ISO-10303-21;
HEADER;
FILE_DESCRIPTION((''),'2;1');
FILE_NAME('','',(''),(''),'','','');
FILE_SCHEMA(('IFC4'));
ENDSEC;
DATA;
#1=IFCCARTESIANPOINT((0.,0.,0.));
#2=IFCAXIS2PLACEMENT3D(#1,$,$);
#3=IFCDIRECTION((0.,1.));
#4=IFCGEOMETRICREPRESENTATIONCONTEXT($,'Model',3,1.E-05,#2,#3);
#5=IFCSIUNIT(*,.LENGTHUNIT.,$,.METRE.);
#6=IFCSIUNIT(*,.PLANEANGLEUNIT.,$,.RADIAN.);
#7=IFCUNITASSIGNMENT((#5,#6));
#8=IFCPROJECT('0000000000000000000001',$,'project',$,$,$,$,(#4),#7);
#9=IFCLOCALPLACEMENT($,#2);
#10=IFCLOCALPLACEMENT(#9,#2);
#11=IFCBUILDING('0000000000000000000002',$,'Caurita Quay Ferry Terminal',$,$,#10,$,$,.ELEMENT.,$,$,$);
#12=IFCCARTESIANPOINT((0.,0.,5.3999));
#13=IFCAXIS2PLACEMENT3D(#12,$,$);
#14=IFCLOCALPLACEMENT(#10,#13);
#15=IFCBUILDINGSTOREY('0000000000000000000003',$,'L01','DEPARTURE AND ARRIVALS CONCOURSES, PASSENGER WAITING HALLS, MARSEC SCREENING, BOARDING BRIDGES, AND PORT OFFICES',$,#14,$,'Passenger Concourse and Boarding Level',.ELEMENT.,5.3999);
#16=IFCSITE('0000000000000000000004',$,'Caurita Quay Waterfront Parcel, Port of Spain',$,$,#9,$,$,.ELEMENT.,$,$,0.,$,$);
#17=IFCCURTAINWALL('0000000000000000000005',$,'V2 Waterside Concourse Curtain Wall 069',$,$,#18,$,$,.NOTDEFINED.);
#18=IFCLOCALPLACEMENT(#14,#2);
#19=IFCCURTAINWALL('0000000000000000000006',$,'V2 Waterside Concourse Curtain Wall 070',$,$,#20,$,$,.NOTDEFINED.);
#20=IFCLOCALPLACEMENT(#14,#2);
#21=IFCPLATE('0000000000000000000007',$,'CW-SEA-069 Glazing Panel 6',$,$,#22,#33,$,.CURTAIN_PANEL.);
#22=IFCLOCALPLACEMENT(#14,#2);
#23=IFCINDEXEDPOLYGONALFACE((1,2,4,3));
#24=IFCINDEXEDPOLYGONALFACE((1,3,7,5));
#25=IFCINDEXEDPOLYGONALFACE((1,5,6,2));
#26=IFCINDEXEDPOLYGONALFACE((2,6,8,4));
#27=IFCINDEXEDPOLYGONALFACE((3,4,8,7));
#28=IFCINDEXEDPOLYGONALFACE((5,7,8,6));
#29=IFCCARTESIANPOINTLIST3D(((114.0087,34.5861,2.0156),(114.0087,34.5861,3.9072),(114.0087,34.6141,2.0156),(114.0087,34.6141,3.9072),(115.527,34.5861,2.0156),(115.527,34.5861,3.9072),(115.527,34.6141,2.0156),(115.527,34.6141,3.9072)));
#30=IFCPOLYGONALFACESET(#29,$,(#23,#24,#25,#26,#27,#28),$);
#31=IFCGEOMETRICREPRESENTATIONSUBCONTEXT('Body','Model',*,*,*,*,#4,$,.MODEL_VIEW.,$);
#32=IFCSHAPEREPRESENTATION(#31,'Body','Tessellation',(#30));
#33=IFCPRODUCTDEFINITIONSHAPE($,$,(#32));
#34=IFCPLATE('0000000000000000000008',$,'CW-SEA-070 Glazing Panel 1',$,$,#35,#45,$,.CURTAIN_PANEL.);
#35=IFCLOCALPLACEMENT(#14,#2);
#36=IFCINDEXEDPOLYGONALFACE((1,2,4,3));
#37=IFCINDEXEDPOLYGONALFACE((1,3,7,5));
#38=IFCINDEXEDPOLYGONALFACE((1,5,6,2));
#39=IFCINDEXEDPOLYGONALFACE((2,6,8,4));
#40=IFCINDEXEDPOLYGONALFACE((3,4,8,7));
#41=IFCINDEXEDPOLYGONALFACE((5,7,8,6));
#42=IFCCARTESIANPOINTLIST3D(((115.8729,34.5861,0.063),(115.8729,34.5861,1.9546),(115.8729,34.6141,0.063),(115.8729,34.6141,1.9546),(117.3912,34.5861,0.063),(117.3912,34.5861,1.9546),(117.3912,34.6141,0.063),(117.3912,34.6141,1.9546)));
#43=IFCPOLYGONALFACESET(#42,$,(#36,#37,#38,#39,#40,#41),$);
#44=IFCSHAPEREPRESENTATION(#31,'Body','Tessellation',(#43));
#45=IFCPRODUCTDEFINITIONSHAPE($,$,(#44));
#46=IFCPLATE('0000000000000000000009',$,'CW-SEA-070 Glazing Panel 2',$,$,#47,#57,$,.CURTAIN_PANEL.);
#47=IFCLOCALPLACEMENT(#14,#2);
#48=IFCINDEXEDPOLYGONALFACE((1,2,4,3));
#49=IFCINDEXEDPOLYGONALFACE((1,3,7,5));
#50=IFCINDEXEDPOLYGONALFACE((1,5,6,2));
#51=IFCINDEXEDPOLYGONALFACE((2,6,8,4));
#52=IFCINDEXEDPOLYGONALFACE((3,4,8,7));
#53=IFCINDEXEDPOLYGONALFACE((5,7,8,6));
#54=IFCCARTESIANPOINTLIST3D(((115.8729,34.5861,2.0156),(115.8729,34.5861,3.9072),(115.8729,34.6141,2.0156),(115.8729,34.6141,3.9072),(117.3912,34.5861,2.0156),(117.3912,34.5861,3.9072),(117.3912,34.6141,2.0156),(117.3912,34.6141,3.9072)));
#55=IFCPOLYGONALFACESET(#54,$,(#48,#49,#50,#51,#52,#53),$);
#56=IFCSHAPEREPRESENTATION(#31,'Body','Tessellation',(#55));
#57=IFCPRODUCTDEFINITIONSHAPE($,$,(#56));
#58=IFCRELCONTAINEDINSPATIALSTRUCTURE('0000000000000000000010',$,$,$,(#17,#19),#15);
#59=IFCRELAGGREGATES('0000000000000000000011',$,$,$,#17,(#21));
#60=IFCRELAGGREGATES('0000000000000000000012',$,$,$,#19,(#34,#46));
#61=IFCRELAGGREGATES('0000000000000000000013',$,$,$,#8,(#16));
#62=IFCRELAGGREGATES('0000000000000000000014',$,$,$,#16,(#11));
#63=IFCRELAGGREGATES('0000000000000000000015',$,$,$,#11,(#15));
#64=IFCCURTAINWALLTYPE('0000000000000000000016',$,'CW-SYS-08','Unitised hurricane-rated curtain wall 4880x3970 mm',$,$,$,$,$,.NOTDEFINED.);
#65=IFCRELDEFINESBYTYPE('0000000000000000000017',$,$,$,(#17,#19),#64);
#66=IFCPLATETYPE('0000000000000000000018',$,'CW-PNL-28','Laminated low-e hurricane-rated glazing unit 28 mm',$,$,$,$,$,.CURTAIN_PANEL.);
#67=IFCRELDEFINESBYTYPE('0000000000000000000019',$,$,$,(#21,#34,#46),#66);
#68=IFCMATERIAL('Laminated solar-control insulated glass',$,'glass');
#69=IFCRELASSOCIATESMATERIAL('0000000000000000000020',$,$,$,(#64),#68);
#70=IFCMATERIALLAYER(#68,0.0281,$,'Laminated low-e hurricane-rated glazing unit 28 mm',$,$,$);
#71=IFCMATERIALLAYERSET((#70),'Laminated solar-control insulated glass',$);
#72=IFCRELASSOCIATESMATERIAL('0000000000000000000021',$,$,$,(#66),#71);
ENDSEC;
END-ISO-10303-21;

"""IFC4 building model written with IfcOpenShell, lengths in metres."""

from ifc_helpers import new_model, si_unit, direction, frame, origin, origin_2d, place, context, subcontext, project, spatial, rectangle, extrude, material, layer, layer_set, type_object, element, aggregate, save


model = new_model("IFC4")

# Units and contexts
model_context = context("Model", 3, precision=1e-05, world=origin(), true_north=direction((0.0, 1.0)))
body_context = subcontext(model_context, "Body", "Model", "MODEL_VIEW")
ifc_project = project(units=[si_unit("LENGTHUNIT", "METRE"), si_unit("PLANEANGLEUNIT", "RADIAN")], contexts=[model_context])

# Site, building, storey
site_placement = place(None, origin())
site = spatial("IfcSite", under=ifc_project, at=site_placement, Name="Caurita Quay Waterfront Parcel, Port of Spain", CompositionType="ELEMENT", RefElevation=0.0)
building_placement = place(site_placement, origin())
building = spatial("IfcBuilding", under=site, at=building_placement, Name="Caurita Quay Ferry Terminal", CompositionType="ELEMENT")
storey_placement = place(building_placement, frame((0.0, 0.0, 5.3999)))
storey = spatial("IfcBuildingStorey", under=building, at=storey_placement, Name="L01", Description="DEPARTURE AND ARRIVALS CONCOURSES, PASSENGER WAITING HALLS, MARSEC SCREENING, BOARDING BRIDGES, AND PORT OFFICES", LongName="Passenger Concourse and Boarding Level", CompositionType="ELEMENT", Elevation=5.3999)

# Curtain walls
ifc_material_1 = material(Name="Laminated solar-control insulated glass", Category="glass")
curtain_wall_type = type_object("IfcCurtainWallType", Name="CW-SYS-08", Description="Unitised hurricane-rated curtain wall 4880x3970 mm", PredefinedType="NOTDEFINED", material=ifc_material_1)
curtain_wall_1_placement = place(storey_placement, origin())
curtain_wall_1 = element("IfcCurtainWall", 1, at=curtain_wall_1_placement, inside=storey, type_object=curtain_wall_type, Name="V2 Waterside Concourse Curtain Wall 069", PredefinedType="NOTDEFINED")
curtain_wall_2_placement = place(storey_placement, origin())
curtain_wall_2 = element("IfcCurtainWall", 2, at=curtain_wall_2_placement, inside=storey, type_object=curtain_wall_type, Name="V2 Waterside Concourse Curtain Wall 070", PredefinedType="NOTDEFINED")

# Plates
ifc_layer = layer(ifc_material_1, 0.0281, Name="Laminated low-e hurricane-rated glazing unit 28 mm")
ifc_layer_set = layer_set([ifc_layer], Name="Laminated solar-control insulated glass")
plate_type = type_object("IfcPlateType", Name="CW-PNL-28", Description="Laminated low-e hurricane-rated glazing unit 28 mm", PredefinedType="CURTAIN_PANEL", material=ifc_layer_set)
plate_1_placement = place(storey_placement, frame((114.7678, 34.6001, 2.0156), z_axis=(0.0, 0.0, 1.0), x_axis=(1.0, 0.0, 0.0)))
plate_1 = element("IfcPlate", 3, at=plate_1_placement, type_object=plate_type, Name="CW-SEA-069 Glazing Panel 6", PredefinedType="CURTAIN_PANEL", context=body_context, shape_type="SweptSolid", body=[
    extrude(rectangle(XDim=1.5183, YDim=0.0281, at=origin_2d()), origin(), (0.0, 0.0, 1.0), 1.8916),
])
aggregate(curtain_wall_1, [plate_1])
plate_2_placement = place(storey_placement, frame((116.6321, 34.6001, 0.063), z_axis=(0.0, 0.0, 1.0), x_axis=(1.0, 0.0, 0.0)))
plate_2 = element("IfcPlate", 4, at=plate_2_placement, type_object=plate_type, Name="CW-SEA-070 Glazing Panel 1", PredefinedType="CURTAIN_PANEL", context=body_context, shape_type="SweptSolid", body=[
    extrude(rectangle(XDim=1.5183, YDim=0.0281, at=origin_2d()), origin(), (0.0, 0.0, 1.0), 1.8916),
])
plate_3_placement = place(storey_placement, frame((116.6321, 34.6001, 2.0156), z_axis=(0.0, 0.0, 1.0), x_axis=(1.0, 0.0, 0.0)))
plate_3 = element("IfcPlate", 5, at=plate_3_placement, type_object=plate_type, Name="CW-SEA-070 Glazing Panel 2", PredefinedType="CURTAIN_PANEL", context=body_context, shape_type="SweptSolid", body=[
    extrude(rectangle(XDim=1.5183, YDim=0.0281, at=origin_2d()), origin(), (0.0, 0.0, 1.0), 1.8916),
])
aggregate(curtain_wall_2, [plate_2, plate_3])

save(model, "model.ifc")
